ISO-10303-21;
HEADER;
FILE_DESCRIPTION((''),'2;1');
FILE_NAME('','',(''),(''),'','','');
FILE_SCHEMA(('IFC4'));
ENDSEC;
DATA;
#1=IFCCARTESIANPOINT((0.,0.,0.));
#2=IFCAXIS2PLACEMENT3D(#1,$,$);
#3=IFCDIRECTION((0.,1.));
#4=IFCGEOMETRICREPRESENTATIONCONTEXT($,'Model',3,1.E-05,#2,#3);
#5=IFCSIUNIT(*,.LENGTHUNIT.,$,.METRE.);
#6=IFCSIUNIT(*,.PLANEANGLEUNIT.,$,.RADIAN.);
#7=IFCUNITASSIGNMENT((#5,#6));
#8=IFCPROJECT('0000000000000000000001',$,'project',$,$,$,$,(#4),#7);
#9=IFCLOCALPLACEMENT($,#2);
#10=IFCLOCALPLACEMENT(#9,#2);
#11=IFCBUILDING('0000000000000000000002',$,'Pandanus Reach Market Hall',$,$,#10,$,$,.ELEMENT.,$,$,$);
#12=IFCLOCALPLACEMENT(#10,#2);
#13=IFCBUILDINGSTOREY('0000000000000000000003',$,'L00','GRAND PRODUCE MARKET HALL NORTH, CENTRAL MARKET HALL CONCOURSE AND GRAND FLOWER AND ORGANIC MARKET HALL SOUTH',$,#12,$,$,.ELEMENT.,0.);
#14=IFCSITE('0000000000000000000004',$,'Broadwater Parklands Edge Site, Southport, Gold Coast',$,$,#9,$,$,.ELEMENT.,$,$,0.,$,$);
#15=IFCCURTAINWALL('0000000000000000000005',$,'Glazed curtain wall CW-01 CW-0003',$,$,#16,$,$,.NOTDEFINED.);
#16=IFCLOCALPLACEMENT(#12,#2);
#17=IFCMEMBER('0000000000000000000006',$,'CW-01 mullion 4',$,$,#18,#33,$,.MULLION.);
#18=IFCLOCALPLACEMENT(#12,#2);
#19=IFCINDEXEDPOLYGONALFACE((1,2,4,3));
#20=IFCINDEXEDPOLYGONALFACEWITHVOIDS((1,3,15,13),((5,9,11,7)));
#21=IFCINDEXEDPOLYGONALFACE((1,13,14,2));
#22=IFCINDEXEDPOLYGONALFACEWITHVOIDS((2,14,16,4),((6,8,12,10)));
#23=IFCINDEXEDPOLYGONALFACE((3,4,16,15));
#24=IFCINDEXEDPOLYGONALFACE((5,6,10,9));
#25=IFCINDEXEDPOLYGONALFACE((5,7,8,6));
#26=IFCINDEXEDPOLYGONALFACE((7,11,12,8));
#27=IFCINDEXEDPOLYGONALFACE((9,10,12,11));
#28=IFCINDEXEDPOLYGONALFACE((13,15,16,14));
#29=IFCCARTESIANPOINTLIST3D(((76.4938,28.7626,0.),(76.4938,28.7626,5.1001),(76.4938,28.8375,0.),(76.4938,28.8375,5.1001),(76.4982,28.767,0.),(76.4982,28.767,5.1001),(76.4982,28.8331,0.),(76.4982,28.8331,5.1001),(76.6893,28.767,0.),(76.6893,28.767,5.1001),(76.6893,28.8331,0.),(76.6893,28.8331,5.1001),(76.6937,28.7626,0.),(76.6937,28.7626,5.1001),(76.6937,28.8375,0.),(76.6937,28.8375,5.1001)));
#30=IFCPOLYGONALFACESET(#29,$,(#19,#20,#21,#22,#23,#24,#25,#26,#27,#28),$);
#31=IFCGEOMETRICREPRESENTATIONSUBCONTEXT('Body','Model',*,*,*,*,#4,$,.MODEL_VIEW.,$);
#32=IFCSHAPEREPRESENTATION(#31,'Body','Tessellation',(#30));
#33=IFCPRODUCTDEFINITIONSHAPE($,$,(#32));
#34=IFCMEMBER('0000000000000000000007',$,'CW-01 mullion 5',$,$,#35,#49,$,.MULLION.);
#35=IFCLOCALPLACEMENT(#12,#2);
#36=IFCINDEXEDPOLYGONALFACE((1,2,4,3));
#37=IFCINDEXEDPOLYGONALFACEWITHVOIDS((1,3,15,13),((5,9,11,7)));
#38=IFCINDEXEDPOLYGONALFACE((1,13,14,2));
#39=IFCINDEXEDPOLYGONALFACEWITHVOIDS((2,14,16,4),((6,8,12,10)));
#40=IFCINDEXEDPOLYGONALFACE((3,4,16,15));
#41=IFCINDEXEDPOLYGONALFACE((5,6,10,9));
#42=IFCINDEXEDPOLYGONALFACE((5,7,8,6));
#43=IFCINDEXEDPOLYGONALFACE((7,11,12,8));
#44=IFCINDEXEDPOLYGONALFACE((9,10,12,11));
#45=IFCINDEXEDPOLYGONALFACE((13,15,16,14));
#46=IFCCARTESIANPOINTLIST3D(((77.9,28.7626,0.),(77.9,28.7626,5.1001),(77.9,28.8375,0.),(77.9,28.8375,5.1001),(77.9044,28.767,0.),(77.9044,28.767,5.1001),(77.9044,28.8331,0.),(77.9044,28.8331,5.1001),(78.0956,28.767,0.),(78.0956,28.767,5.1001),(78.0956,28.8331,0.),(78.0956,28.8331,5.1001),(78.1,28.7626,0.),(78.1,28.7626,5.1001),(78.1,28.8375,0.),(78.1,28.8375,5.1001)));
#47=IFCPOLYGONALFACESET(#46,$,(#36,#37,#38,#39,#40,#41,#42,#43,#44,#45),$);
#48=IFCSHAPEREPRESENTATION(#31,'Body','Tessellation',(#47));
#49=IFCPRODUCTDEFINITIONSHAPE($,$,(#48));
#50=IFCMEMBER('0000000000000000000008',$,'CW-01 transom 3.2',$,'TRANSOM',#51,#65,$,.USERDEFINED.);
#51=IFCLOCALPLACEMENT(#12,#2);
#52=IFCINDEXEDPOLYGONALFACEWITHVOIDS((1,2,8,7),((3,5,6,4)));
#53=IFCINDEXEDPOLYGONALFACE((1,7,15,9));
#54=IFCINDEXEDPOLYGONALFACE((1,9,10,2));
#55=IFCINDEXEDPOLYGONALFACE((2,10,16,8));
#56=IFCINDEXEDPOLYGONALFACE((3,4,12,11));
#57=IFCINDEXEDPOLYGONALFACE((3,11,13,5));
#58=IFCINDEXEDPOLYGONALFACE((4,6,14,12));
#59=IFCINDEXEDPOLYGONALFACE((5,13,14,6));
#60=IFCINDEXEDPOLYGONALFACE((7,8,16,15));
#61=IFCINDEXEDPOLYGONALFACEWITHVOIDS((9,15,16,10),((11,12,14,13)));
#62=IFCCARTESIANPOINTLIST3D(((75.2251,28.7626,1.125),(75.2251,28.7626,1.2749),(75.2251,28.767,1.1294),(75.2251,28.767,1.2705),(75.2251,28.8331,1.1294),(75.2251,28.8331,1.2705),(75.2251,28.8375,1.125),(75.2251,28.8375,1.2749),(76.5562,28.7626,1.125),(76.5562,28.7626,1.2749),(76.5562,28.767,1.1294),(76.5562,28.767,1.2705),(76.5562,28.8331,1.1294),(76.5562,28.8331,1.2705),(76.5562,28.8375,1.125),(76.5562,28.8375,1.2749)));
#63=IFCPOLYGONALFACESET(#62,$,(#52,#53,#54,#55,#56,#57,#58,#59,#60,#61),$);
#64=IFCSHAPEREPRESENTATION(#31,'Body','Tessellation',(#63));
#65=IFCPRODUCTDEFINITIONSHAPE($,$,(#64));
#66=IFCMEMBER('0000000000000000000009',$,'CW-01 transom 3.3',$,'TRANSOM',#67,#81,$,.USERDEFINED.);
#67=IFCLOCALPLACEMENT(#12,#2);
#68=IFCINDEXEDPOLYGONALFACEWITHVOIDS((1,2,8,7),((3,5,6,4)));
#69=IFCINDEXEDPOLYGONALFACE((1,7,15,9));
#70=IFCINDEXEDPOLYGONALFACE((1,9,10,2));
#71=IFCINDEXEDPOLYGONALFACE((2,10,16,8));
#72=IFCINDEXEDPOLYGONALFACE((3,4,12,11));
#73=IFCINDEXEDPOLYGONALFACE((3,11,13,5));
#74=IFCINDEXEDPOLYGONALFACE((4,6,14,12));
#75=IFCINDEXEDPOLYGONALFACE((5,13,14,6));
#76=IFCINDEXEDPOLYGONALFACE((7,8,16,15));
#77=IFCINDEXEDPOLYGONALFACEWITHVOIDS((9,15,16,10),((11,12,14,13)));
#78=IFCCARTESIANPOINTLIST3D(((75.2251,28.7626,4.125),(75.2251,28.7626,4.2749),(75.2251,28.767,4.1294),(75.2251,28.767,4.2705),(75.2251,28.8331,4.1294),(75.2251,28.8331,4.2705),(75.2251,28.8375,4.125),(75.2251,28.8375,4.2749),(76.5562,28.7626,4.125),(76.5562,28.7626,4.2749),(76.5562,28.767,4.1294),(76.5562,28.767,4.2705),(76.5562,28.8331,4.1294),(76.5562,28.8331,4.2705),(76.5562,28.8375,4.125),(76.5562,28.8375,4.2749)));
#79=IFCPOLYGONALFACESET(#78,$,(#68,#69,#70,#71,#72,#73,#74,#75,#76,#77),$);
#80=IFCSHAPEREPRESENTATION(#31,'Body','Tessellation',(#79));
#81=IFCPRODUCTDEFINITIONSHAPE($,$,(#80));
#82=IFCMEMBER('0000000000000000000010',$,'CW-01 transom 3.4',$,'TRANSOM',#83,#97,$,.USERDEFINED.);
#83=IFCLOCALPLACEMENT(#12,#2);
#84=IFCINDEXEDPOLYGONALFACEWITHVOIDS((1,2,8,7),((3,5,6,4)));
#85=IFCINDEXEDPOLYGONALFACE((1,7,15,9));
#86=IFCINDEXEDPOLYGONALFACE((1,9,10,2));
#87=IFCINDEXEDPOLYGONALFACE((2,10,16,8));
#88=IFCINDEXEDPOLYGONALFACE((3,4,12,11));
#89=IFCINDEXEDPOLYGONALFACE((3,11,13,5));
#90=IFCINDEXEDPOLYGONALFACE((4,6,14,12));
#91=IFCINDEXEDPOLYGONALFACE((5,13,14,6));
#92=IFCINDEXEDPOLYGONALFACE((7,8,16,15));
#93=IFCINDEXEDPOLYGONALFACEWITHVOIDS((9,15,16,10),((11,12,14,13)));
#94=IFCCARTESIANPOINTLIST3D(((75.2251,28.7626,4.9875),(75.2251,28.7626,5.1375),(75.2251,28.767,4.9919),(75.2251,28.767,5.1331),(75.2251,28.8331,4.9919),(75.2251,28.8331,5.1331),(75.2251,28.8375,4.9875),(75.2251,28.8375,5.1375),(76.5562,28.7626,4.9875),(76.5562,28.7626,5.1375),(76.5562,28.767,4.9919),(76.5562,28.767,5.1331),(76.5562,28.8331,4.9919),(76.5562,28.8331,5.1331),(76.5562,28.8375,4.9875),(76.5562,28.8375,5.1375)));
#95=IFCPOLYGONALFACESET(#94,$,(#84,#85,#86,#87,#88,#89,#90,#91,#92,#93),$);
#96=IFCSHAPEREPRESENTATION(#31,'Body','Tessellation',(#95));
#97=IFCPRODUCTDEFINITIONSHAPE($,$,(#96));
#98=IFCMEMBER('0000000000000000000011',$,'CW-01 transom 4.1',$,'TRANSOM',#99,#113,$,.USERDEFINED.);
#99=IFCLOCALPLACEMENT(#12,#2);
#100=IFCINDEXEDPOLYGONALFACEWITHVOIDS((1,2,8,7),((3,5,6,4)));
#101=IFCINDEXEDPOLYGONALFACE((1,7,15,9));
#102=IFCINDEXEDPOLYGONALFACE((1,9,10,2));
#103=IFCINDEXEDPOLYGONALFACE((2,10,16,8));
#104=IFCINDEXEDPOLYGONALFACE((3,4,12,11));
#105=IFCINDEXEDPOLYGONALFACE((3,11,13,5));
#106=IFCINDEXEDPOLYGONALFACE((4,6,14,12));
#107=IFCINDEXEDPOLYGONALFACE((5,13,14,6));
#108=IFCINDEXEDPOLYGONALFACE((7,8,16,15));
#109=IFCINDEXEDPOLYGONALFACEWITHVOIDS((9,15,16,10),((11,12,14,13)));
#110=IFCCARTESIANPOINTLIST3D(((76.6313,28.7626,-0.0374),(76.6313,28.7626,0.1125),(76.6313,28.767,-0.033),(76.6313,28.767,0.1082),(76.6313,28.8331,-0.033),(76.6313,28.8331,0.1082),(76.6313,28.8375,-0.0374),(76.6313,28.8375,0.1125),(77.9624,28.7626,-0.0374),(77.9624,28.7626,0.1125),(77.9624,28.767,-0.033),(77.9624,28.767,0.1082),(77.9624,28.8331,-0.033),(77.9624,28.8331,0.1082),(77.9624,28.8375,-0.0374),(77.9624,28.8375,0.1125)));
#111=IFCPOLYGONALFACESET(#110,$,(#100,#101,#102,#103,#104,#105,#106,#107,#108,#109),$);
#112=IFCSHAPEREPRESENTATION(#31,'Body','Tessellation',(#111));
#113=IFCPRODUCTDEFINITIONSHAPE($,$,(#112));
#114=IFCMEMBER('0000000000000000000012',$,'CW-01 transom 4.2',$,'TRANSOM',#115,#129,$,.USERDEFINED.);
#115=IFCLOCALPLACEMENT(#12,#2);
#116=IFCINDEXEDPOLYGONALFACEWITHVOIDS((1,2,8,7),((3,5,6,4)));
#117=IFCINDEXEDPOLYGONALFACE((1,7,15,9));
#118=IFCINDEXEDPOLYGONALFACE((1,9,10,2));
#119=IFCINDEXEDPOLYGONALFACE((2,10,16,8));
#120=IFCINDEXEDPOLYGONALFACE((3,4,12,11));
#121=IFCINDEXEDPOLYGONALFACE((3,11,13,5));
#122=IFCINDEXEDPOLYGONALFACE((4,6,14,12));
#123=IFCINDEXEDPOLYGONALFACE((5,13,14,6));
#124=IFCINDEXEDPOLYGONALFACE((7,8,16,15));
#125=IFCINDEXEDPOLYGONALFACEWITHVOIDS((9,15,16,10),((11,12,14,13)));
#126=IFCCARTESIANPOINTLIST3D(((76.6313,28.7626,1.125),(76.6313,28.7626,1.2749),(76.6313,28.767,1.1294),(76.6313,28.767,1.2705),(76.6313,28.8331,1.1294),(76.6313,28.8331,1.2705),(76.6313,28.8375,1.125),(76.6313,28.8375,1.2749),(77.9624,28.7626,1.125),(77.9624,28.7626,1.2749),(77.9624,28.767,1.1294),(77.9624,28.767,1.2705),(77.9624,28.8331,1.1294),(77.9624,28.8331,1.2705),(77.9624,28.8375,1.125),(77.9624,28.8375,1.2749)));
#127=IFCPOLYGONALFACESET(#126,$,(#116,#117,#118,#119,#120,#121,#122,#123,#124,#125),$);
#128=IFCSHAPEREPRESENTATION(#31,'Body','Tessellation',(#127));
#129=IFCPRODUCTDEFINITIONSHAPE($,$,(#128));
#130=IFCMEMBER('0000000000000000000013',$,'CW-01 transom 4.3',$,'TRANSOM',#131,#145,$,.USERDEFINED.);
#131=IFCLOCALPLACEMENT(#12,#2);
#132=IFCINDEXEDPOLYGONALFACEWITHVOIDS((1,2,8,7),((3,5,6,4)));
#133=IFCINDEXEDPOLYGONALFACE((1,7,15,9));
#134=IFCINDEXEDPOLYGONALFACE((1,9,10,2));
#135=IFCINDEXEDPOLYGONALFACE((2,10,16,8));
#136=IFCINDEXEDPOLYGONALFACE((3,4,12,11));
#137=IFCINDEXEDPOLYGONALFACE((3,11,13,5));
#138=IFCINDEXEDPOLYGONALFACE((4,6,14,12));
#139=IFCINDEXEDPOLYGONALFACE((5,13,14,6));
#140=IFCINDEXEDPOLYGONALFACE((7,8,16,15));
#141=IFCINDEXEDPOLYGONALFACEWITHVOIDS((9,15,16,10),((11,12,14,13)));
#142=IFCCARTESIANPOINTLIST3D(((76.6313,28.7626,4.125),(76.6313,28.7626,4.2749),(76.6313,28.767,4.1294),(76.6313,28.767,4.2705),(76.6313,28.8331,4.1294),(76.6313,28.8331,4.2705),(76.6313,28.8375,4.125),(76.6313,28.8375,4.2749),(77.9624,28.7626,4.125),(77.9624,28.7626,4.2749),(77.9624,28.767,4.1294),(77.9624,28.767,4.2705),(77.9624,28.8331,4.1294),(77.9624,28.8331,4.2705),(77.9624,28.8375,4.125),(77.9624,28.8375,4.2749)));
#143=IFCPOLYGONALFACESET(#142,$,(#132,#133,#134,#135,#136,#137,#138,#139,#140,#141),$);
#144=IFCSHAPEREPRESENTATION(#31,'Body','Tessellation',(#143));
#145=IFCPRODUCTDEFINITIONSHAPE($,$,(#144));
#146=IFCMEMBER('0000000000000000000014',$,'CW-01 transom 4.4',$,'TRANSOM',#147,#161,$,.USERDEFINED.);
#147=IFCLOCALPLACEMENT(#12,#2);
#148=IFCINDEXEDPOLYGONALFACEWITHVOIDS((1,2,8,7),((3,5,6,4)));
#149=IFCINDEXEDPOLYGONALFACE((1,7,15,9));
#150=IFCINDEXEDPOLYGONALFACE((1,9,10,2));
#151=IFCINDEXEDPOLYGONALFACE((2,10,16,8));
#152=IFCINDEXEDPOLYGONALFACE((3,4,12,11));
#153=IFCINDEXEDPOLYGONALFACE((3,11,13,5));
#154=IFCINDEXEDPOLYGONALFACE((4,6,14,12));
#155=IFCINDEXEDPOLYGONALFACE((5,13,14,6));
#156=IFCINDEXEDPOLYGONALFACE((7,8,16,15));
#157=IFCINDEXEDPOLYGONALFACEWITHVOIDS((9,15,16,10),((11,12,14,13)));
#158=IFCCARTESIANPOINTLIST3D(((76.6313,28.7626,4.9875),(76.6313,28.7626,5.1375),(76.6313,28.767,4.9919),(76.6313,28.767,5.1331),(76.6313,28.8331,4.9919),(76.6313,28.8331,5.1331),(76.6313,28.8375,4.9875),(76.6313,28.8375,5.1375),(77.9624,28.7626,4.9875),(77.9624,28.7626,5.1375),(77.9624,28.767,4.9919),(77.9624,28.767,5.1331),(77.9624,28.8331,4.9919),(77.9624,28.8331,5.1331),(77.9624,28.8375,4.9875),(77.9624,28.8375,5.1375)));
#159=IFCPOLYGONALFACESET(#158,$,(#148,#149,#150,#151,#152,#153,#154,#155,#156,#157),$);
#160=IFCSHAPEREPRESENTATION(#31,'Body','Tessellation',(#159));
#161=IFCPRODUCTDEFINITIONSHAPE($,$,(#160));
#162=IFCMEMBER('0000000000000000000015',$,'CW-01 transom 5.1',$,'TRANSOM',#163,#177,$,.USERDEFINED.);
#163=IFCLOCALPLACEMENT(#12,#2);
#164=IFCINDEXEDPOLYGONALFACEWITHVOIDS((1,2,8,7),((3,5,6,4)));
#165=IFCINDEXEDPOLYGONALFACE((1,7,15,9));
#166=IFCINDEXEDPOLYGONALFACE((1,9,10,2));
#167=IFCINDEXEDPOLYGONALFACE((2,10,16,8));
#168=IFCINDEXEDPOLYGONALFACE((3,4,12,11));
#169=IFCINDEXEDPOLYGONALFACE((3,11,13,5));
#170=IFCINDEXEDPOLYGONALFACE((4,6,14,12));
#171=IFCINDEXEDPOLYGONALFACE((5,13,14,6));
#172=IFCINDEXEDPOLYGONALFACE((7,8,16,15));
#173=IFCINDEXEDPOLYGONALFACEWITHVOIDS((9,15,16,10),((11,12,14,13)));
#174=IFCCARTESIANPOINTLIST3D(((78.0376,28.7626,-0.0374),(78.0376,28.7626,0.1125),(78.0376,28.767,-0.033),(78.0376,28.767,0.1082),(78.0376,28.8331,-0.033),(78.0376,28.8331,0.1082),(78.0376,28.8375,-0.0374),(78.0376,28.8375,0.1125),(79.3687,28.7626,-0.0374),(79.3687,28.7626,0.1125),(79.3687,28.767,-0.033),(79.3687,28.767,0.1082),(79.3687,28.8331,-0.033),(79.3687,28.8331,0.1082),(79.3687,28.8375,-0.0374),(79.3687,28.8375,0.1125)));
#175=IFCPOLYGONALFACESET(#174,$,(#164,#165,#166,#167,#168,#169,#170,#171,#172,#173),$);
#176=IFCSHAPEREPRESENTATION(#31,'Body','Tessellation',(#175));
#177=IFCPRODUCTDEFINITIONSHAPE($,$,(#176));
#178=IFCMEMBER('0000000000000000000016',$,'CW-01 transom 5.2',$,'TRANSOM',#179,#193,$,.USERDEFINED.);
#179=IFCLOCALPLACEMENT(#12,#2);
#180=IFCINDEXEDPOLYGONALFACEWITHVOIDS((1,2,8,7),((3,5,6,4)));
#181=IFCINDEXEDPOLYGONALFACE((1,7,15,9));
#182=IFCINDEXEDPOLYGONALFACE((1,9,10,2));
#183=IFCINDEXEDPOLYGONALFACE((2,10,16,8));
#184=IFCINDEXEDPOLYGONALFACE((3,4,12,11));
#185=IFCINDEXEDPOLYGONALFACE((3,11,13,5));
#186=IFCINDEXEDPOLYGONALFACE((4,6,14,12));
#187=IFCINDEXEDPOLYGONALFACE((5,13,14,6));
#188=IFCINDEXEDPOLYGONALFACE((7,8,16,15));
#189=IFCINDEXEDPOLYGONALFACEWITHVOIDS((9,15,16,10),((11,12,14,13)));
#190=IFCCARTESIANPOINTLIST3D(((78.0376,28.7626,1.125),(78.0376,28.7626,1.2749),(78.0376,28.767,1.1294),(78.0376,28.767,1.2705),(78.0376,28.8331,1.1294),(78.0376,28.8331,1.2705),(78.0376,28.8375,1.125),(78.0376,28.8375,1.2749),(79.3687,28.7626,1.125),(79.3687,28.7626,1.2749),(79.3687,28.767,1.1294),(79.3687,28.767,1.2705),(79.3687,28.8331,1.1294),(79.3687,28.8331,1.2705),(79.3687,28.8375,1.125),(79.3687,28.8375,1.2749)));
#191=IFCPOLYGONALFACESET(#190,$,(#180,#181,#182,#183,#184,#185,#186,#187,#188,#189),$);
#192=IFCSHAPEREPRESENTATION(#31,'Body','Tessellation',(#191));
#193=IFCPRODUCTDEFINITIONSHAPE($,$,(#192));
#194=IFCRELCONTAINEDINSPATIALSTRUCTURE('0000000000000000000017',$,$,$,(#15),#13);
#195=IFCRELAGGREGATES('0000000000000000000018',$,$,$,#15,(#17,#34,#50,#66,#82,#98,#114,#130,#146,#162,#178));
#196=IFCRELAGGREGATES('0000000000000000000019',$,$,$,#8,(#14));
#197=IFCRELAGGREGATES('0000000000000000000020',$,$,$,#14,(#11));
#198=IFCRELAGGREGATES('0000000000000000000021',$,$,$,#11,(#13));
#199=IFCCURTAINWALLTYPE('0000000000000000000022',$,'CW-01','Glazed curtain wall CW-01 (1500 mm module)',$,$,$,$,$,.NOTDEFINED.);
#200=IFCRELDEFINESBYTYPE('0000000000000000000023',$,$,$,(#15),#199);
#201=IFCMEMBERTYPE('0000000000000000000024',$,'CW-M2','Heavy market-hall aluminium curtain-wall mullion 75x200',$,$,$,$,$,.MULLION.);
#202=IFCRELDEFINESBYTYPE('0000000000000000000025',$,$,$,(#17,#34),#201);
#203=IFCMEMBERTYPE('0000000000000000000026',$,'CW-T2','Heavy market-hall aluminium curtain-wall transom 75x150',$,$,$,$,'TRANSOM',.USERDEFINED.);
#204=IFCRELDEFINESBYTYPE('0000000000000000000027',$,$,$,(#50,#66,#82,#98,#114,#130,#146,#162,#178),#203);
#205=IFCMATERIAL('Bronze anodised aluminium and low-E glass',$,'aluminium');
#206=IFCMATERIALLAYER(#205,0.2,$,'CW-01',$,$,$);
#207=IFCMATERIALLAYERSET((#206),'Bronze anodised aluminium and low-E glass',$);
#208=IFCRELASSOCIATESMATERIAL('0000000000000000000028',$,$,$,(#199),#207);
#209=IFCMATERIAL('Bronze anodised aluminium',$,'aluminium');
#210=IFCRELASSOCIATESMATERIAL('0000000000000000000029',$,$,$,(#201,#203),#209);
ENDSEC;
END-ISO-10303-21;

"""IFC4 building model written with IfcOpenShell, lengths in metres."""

from ifc_helpers import new_model, si_unit, direction, frame, origin, origin_2d, place, context, subcontext, project, spatial, hollow_rectangle, extrude, material, layer, layer_set, material_profile, profile_set, type_object, element, aggregate, save


model = new_model("IFC4")

# Units and contexts
model_context = context("Model", 3, precision=1e-05, world=origin(), true_north=direction((0.0, 1.0)))
body_context = subcontext(model_context, "Body", "Model", "MODEL_VIEW")
ifc_project = project(units=[si_unit("LENGTHUNIT", "METRE"), si_unit("PLANEANGLEUNIT", "RADIAN")], contexts=[model_context])

# Site, building, storey
site_placement = place(None, origin())
site = spatial("IfcSite", under=ifc_project, at=site_placement, Name="Broadwater Parklands Edge Site, Southport, Gold Coast", CompositionType="ELEMENT", RefElevation=0.0)
building_placement = place(site_placement, origin())
building = spatial("IfcBuilding", under=site, at=building_placement, Name="Pandanus Reach Market Hall", CompositionType="ELEMENT")
storey_placement = place(building_placement, origin())
storey = spatial("IfcBuildingStorey", under=building, at=storey_placement, Name="L00", Description="GRAND PRODUCE MARKET HALL NORTH, CENTRAL MARKET HALL CONCOURSE AND GRAND FLOWER AND ORGANIC MARKET HALL SOUTH", CompositionType="ELEMENT", Elevation=0.0)

# Curtain wall, members
ifc_material_1 = material(Name="Bronze anodised aluminium and low-E glass", Category="aluminium")
ifc_layer_1 = layer(ifc_material_1, 0.2, Name="CW-01")
ifc_layer_set_1 = layer_set([ifc_layer_1], Name="Bronze anodised aluminium and low-E glass")
curtain_wall_type = type_object("IfcCurtainWallType", Name="CW-01", Description="Glazed curtain wall CW-01 (1500 mm module)", PredefinedType="NOTDEFINED", material=ifc_layer_set_1)
curtain_wall_placement = place(storey_placement, origin())
curtain_wall = element("IfcCurtainWall", 1, at=curtain_wall_placement, inside=storey, type_object=curtain_wall_type, Name="Glazed curtain wall CW-01 CW-0003", PredefinedType="NOTDEFINED")
ifc_material_2 = material(Name="Bronze anodised aluminium", Category="aluminium")
ifc_material_profile_1 = material_profile(ifc_material_2, hollow_rectangle(XDim=0.075, YDim=0.2, WallThickness=0.0044, at=origin_2d()), Name="ALU75x200", Category="LoadBearing")
ifc_profile_set_1 = profile_set([ifc_material_profile_1], Name="Bronze anodised aluminium")
member_type_1 = type_object("IfcMemberType", Name="CW-M2", Description="Heavy market-hall aluminium curtain-wall mullion 75x200", PredefinedType="MULLION", material=ifc_profile_set_1)
member_1_placement = place(storey_placement, frame((76.5938, 28.8, 0.0), z_axis=(0.0, 0.0, 1.0), x_axis=(0.0, 1.0, 0.0)))
member_1 = element("IfcMember", 2, at=member_1_placement, type_object=member_type_1, Name="CW-01 mullion 4", PredefinedType="MULLION", context=body_context, shape_type="SweptSolid", body=[
    extrude(hollow_rectangle(XDim=0.075, YDim=0.2, WallThickness=0.0044, at=origin_2d()), origin(), (0.0, 0.0, 1.0), 5.1001),
])
member_2_placement = place(storey_placement, frame((78.0, 28.8, 0.0), z_axis=(0.0, 0.0, 1.0), x_axis=(0.0, 1.0, 0.0)))
member_2 = element("IfcMember", 3, at=member_2_placement, type_object=member_type_1, Name="CW-01 mullion 5", PredefinedType="MULLION", context=body_context, shape_type="SweptSolid", body=[
    extrude(hollow_rectangle(XDim=0.075, YDim=0.2, WallThickness=0.0044, at=origin_2d()), origin(), (0.0, 0.0, 1.0), 5.1001),
])
ifc_material_profile_2 = material_profile(ifc_material_2, hollow_rectangle(XDim=0.075, YDim=0.1499, WallThickness=0.0044, at=origin_2d()), Name="ALU75x150", Category="LoadBearing")
ifc_profile_set_2 = profile_set([ifc_material_profile_2], Name="Bronze anodised aluminium")
member_type_2 = type_object("IfcMemberType", Name="CW-T2", Description="Heavy market-hall aluminium curtain-wall transom 75x150", ElementType="TRANSOM", PredefinedType="USERDEFINED", material=ifc_profile_set_2)
member_3_placement = place(storey_placement, frame((75.2251, 28.8, 1.2), z_axis=(1.0, 0.0, 0.0), x_axis=(0.0, 1.0, 0.0)))
member_3 = element("IfcMember", 4, at=member_3_placement, type_object=member_type_2, Name="CW-01 transom 3.2", ObjectType="TRANSOM", PredefinedType="USERDEFINED", context=body_context, shape_type="SweptSolid", body=[
    extrude(hollow_rectangle(XDim=0.075, YDim=0.1499, WallThickness=0.0044, at=origin_2d()), origin(), (0.0, 0.0, 1.0), 1.3311),
])
member_4_placement = place(storey_placement, frame((75.2251, 28.8, 4.2), z_axis=(1.0, 0.0, 0.0), x_axis=(0.0, 1.0, 0.0)))
member_4 = element("IfcMember", 5, at=member_4_placement, type_object=member_type_2, Name="CW-01 transom 3.3", ObjectType="TRANSOM", PredefinedType="USERDEFINED", context=body_context, shape_type="SweptSolid", body=[
    extrude(hollow_rectangle(XDim=0.075, YDim=0.1499, WallThickness=0.0044, at=origin_2d()), origin(), (0.0, 0.0, 1.0), 1.3311),
])
member_5_placement = place(storey_placement, frame((75.2251, 28.8, 5.0625), z_axis=(1.0, 0.0, 0.0), x_axis=(0.0, 1.0, 0.0)))
member_5 = element("IfcMember", 6, at=member_5_placement, type_object=member_type_2, Name="CW-01 transom 3.4", ObjectType="TRANSOM", PredefinedType="USERDEFINED", context=body_context, shape_type="SweptSolid", body=[
    extrude(hollow_rectangle(XDim=0.075, YDim=0.1499, WallThickness=0.0044, at=origin_2d()), origin(), (0.0, 0.0, 1.0), 1.3311),
])
member_6_placement = place(storey_placement, frame((76.6313, 28.8, 0.0376), z_axis=(1.0, 0.0, 0.0), x_axis=(0.0, 1.0, 0.0)))
member_6 = element("IfcMember", 7, at=member_6_placement, type_object=member_type_2, Name="CW-01 transom 4.1", ObjectType="TRANSOM", PredefinedType="USERDEFINED", context=body_context, shape_type="SweptSolid", body=[
    extrude(hollow_rectangle(XDim=0.075, YDim=0.1499, WallThickness=0.0044, at=origin_2d()), origin(), (0.0, 0.0, 1.0), 1.3311),
])
member_7_placement = place(storey_placement, frame((76.6313, 28.8, 1.2), z_axis=(1.0, 0.0, 0.0), x_axis=(0.0, 1.0, 0.0)))
member_7 = element("IfcMember", 8, at=member_7_placement, type_object=member_type_2, Name="CW-01 transom 4.2", ObjectType="TRANSOM", PredefinedType="USERDEFINED", context=body_context, shape_type="SweptSolid", body=[
    extrude(hollow_rectangle(XDim=0.075, YDim=0.1499, WallThickness=0.0044, at=origin_2d()), origin(), (0.0, 0.0, 1.0), 1.3311),
])
member_8_placement = place(storey_placement, frame((76.6313, 28.8, 4.2), z_axis=(1.0, 0.0, 0.0), x_axis=(0.0, 1.0, 0.0)))
member_8 = element("IfcMember", 9, at=member_8_placement, type_object=member_type_2, Name="CW-01 transom 4.3", ObjectType="TRANSOM", PredefinedType="USERDEFINED", context=body_context, shape_type="SweptSolid", body=[
    extrude(hollow_rectangle(XDim=0.075, YDim=0.1499, WallThickness=0.0044, at=origin_2d()), origin(), (0.0, 0.0, 1.0), 1.3311),
])
member_9_placement = place(storey_placement, frame((76.6313, 28.8, 5.0625), z_axis=(1.0, 0.0, 0.0), x_axis=(0.0, 1.0, 0.0)))
member_9 = element("IfcMember", 10, at=member_9_placement, type_object=member_type_2, Name="CW-01 transom 4.4", ObjectType="TRANSOM", PredefinedType="USERDEFINED", context=body_context, shape_type="SweptSolid", body=[
    extrude(hollow_rectangle(XDim=0.075, YDim=0.1499, WallThickness=0.0044, at=origin_2d()), origin(), (0.0, 0.0, 1.0), 1.3311),
])
member_10_placement = place(storey_placement, frame((78.0376, 28.8, 0.0376), z_axis=(1.0, 0.0, 0.0), x_axis=(0.0, 1.0, 0.0)))
member_10 = element("IfcMember", 11, at=member_10_placement, type_object=member_type_2, Name="CW-01 transom 5.1", ObjectType="TRANSOM", PredefinedType="USERDEFINED", context=body_context, shape_type="SweptSolid", body=[
    extrude(hollow_rectangle(XDim=0.075, YDim=0.1499, WallThickness=0.0044, at=origin_2d()), origin(), (0.0, 0.0, 1.0), 1.3311),
])
member_11_placement = place(storey_placement, frame((78.0376, 28.8, 1.2), z_axis=(1.0, 0.0, 0.0), x_axis=(0.0, 1.0, 0.0)))
member_11 = element("IfcMember", 12, at=member_11_placement, type_object=member_type_2, Name="CW-01 transom 5.2", ObjectType="TRANSOM", PredefinedType="USERDEFINED", context=body_context, shape_type="SweptSolid", body=[
    extrude(hollow_rectangle(XDim=0.075, YDim=0.1499, WallThickness=0.0044, at=origin_2d()), origin(), (0.0, 0.0, 1.0), 1.3311),
])

aggregate(curtain_wall, [member_1, member_2, member_3, member_4, member_5, member_6, member_7, member_8, member_9, member_10, member_11])

save(model, "model.ifc")
